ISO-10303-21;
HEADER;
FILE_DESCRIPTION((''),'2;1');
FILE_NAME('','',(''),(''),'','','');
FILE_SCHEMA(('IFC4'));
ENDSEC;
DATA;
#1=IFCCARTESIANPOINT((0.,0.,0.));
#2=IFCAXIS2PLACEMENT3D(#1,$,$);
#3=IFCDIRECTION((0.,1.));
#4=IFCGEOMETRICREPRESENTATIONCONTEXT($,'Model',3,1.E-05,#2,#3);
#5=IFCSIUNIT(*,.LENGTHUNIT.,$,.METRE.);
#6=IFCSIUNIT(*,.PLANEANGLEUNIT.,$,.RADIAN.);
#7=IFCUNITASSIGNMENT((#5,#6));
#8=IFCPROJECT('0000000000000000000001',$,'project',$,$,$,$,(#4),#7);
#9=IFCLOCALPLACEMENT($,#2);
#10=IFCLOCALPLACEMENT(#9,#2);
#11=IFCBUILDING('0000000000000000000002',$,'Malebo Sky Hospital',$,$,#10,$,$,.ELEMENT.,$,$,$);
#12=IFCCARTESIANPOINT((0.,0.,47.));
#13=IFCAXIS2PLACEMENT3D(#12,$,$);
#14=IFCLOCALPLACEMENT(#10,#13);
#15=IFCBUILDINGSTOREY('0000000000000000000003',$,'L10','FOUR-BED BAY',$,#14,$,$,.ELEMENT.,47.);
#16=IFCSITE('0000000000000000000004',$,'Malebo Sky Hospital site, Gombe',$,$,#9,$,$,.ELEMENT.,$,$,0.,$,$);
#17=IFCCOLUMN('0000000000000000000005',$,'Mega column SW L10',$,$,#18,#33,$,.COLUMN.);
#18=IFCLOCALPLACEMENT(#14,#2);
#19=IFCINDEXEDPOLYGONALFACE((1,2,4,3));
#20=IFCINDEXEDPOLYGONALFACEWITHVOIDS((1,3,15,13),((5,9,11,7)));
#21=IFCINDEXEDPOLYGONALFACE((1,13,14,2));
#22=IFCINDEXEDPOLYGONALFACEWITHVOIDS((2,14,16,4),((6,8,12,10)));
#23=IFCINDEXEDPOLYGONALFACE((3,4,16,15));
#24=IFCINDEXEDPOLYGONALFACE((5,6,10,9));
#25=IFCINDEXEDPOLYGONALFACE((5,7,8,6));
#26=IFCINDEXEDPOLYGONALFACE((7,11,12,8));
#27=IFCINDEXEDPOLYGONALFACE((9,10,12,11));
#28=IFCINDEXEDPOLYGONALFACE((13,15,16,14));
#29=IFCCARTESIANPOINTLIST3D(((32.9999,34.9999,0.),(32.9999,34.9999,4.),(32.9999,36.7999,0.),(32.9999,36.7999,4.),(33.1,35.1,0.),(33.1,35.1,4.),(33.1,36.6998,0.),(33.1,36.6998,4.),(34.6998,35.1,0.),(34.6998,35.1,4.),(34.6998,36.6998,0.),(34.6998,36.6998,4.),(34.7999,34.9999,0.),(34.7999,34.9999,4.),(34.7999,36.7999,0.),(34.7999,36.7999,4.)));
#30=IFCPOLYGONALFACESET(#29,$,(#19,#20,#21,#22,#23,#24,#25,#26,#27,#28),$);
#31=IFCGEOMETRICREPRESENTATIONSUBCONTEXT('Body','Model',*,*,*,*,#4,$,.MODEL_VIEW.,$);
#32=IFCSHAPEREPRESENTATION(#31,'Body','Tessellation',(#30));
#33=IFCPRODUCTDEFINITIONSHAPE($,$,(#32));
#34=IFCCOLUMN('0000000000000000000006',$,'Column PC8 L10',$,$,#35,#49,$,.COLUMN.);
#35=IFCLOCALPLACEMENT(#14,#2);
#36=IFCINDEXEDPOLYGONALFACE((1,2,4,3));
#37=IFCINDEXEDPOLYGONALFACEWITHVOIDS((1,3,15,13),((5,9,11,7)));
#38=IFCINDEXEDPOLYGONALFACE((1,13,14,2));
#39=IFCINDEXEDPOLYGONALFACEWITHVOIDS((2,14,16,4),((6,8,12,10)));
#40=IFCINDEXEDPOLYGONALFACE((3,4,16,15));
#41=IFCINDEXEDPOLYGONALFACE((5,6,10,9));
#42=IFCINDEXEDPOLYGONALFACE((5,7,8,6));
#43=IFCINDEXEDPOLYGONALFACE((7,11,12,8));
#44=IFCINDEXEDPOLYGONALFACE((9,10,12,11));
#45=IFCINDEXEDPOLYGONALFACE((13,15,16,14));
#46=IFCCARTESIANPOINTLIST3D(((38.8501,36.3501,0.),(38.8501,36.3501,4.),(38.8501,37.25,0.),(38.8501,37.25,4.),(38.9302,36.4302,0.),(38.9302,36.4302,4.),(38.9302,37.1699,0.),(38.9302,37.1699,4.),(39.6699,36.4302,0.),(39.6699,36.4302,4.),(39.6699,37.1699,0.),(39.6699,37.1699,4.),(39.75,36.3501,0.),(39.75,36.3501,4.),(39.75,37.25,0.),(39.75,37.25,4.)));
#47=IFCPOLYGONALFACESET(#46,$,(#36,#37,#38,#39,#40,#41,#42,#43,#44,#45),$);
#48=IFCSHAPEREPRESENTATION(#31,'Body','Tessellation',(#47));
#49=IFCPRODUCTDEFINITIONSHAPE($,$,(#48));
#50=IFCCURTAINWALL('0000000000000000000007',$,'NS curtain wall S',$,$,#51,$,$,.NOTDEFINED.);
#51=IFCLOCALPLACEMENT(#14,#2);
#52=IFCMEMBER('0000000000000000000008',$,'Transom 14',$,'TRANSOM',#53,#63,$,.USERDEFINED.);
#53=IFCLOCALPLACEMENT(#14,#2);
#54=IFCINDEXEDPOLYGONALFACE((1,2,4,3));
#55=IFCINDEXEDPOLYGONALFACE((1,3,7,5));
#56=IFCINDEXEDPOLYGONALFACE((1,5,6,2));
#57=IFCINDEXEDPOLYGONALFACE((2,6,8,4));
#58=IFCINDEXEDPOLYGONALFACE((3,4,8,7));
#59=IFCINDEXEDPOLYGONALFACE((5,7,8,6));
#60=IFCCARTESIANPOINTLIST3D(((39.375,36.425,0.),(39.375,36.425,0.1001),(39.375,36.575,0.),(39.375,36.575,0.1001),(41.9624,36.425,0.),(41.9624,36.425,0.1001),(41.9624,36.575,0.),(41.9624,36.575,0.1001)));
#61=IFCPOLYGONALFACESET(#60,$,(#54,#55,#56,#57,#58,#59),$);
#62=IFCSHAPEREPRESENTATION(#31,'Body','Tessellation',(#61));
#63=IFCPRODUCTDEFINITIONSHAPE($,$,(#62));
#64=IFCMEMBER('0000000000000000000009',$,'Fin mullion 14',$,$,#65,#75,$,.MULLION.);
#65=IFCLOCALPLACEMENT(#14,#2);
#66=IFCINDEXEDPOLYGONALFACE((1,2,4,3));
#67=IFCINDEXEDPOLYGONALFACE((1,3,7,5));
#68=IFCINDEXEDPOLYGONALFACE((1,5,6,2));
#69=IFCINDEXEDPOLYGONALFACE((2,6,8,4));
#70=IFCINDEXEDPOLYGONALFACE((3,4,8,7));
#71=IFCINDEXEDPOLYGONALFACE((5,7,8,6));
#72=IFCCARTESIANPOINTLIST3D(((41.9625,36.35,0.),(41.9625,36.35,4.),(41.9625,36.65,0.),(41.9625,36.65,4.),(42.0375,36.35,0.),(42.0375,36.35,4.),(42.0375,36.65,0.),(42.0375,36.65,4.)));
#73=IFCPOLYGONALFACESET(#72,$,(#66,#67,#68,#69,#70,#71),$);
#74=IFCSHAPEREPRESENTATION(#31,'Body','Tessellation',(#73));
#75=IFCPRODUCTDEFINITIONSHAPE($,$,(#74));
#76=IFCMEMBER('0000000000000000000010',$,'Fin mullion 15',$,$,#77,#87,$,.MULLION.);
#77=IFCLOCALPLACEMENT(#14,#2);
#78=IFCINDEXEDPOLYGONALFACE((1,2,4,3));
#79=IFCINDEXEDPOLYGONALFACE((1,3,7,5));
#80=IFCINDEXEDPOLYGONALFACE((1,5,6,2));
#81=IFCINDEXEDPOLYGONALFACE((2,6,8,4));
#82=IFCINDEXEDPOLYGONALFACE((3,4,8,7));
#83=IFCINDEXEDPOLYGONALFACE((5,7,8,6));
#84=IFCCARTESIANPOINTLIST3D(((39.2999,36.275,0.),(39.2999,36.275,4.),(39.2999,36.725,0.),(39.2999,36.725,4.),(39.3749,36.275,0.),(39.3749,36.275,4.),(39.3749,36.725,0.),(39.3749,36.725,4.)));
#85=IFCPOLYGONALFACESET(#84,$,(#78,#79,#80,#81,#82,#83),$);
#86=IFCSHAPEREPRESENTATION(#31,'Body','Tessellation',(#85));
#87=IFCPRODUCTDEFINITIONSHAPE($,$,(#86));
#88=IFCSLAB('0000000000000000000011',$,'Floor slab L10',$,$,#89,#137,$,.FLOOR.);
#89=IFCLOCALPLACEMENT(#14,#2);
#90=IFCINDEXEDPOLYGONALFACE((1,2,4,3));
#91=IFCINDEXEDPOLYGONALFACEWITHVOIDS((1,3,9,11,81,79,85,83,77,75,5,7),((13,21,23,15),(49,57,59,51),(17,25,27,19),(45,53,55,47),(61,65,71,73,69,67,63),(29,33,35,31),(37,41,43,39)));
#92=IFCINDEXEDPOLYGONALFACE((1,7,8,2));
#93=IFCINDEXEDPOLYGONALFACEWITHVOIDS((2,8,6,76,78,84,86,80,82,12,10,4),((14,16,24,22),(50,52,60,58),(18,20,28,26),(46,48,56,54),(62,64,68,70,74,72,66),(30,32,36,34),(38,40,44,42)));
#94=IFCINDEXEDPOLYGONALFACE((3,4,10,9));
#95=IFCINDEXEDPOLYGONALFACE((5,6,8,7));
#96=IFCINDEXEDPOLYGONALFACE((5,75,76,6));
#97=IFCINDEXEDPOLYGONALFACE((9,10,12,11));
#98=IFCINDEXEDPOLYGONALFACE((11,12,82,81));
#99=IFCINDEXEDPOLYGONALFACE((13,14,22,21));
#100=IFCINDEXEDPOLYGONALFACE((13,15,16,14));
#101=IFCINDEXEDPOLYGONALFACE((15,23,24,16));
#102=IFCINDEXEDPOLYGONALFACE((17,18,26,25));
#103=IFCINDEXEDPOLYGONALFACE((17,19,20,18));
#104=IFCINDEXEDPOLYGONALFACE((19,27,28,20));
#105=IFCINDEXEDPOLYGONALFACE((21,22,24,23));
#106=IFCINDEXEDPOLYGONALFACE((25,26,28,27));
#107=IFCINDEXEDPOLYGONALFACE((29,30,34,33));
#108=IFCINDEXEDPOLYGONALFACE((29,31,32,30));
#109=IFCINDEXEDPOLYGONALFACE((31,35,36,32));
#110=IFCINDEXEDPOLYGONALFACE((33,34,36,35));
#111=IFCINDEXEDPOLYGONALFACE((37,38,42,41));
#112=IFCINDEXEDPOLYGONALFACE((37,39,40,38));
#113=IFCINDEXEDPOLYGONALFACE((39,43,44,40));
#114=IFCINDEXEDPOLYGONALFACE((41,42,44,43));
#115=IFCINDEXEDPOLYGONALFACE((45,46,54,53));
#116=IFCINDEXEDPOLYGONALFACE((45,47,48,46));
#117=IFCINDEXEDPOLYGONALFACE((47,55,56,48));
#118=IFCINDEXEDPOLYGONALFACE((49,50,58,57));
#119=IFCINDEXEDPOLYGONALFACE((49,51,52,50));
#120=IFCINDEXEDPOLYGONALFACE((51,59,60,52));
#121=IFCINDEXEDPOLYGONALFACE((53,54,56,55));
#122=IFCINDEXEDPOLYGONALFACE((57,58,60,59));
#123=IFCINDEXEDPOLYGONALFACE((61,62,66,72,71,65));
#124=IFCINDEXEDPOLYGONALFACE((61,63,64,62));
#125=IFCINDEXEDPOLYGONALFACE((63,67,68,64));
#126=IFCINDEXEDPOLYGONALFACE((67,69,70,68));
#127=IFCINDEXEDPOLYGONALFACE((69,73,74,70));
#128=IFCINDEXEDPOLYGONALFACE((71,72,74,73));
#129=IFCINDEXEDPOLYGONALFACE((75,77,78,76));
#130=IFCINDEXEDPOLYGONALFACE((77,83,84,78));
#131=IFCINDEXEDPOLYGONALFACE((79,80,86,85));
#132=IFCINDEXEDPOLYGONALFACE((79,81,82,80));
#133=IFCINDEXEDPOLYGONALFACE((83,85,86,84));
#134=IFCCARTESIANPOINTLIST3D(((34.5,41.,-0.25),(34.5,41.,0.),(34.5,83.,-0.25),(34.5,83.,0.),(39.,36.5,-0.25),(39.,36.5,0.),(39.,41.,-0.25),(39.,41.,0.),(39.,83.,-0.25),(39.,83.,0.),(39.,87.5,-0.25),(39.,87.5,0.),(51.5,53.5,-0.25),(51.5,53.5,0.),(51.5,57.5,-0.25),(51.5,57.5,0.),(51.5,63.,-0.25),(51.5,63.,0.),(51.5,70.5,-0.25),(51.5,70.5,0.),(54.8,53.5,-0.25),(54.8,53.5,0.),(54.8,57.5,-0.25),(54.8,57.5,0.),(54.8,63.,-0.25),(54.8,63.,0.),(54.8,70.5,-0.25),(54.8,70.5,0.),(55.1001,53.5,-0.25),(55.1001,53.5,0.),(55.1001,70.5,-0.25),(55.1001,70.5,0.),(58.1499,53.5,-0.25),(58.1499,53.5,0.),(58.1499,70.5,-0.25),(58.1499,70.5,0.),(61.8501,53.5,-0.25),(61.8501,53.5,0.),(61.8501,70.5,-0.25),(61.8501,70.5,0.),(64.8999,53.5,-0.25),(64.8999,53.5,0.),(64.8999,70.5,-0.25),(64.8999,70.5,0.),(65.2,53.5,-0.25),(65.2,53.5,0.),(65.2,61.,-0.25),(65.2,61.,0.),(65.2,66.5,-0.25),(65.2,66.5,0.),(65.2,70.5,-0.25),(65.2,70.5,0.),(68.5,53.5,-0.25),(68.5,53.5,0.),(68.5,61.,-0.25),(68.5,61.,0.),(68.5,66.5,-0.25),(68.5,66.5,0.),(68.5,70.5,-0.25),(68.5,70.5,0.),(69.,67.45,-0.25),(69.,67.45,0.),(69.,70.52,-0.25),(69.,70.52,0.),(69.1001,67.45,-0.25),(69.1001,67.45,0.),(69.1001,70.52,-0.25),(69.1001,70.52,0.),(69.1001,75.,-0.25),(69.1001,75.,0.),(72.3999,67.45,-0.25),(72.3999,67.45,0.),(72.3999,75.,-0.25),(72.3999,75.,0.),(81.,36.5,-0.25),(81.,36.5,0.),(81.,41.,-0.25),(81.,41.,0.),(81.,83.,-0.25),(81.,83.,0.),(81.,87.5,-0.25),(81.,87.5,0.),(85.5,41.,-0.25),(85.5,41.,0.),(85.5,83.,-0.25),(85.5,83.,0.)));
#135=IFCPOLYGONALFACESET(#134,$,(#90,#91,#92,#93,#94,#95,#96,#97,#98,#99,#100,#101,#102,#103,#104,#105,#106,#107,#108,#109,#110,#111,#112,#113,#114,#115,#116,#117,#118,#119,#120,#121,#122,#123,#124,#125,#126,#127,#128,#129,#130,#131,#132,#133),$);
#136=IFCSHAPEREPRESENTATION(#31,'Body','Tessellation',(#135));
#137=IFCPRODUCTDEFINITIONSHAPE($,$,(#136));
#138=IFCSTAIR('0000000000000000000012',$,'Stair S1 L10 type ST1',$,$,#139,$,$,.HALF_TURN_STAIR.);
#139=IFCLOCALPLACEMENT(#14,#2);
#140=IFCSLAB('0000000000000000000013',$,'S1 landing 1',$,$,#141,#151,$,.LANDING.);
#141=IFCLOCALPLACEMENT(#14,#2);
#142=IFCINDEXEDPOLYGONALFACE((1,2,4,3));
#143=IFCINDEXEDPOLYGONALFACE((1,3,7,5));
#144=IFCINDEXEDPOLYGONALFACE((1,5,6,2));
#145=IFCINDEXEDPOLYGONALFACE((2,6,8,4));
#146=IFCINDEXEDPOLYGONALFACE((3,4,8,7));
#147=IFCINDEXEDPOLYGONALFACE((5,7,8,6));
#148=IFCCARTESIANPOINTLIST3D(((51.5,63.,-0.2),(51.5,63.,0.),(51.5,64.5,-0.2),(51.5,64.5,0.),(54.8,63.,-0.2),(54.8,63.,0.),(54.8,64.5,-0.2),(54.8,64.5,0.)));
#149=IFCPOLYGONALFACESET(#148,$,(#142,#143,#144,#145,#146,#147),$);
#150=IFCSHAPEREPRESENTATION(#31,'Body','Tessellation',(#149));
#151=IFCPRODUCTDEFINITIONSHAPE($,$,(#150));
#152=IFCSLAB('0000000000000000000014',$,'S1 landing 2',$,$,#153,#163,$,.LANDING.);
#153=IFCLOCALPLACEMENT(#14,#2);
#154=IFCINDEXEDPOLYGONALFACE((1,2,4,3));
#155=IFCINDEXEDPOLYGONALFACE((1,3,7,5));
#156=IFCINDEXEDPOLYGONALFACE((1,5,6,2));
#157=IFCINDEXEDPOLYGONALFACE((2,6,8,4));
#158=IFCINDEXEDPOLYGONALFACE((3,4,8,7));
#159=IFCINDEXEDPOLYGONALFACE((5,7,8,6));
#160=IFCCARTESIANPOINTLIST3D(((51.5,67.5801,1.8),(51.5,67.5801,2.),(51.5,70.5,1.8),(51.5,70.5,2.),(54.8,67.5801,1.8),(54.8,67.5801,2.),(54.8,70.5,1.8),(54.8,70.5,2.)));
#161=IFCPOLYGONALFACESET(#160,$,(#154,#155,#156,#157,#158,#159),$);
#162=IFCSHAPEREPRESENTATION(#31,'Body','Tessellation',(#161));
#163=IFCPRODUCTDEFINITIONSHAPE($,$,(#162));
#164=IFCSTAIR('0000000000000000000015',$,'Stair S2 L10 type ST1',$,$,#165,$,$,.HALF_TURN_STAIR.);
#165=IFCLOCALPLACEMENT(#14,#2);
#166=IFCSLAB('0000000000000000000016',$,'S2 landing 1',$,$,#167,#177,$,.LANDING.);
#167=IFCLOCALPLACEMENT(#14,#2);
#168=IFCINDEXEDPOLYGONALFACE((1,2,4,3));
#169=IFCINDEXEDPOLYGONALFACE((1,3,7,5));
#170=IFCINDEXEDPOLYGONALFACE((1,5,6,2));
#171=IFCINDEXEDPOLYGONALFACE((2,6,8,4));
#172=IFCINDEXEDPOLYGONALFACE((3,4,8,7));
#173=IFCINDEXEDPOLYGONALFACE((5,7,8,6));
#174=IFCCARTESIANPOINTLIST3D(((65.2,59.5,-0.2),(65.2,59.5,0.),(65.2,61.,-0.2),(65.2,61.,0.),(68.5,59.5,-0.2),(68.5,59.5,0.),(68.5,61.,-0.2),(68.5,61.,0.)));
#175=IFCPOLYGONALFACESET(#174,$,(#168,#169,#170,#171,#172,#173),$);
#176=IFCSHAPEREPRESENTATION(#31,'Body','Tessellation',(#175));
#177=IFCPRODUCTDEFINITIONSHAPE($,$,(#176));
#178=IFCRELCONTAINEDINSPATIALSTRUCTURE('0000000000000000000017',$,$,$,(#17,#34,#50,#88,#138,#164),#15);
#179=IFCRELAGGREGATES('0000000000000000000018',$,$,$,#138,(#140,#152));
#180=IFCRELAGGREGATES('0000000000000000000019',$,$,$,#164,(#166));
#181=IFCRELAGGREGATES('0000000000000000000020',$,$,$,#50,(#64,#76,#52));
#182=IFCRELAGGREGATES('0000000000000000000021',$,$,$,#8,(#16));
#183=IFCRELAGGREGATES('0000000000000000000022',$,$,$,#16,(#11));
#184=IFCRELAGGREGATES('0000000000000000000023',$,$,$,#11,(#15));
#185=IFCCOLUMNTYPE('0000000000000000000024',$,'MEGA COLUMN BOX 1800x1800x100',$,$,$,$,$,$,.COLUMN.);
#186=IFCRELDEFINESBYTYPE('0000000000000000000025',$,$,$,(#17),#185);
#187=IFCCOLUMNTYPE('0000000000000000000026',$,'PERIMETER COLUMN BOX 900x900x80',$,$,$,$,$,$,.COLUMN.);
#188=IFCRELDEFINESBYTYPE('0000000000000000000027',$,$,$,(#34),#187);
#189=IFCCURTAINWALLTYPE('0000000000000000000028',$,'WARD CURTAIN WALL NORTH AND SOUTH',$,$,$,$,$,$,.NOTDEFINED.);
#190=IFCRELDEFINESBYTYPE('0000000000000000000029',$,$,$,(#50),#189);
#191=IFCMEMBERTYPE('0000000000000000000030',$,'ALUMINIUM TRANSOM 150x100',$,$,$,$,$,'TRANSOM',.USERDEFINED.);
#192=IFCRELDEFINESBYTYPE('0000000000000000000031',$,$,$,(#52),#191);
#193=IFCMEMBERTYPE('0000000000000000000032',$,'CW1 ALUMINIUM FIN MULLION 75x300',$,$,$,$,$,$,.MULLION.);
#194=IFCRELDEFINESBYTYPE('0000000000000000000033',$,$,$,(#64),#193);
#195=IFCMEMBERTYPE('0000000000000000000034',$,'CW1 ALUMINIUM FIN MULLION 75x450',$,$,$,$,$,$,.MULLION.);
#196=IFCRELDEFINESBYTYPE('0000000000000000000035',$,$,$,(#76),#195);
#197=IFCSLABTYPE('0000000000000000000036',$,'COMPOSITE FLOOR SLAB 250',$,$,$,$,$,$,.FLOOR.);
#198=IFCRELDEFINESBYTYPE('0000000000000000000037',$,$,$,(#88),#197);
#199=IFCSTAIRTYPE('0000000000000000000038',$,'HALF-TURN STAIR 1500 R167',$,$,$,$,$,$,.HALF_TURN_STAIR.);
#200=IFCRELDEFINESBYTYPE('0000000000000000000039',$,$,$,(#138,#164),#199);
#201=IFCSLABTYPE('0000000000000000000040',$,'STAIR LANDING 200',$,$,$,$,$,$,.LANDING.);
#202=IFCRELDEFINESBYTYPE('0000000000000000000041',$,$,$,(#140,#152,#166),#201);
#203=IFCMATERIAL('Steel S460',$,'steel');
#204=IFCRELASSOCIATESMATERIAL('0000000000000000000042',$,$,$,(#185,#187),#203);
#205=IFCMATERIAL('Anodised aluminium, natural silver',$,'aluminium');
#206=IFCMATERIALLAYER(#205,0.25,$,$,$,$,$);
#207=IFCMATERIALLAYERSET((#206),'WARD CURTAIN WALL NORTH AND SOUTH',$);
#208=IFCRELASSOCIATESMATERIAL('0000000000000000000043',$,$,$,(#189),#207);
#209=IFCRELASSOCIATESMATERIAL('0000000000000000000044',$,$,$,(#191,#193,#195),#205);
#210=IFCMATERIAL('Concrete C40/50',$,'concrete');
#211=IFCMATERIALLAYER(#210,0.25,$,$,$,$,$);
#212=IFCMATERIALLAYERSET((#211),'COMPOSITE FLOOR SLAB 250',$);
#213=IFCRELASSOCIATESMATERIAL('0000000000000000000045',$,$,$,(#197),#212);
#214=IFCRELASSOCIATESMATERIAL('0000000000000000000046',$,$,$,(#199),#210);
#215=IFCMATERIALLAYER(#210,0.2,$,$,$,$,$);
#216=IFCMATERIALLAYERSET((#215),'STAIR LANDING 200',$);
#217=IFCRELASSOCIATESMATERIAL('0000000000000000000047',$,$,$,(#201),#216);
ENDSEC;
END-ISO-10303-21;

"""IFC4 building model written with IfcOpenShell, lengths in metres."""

from ifc_helpers import new_model, si_unit, direction, frame, origin, origin_2d, place, context, subcontext, project, spatial, polyline, rectangle, hollow_rectangle, outline, extrude, material, layer, layer_set, material_profile, profile_set, type_object, element, aggregate, save


model = new_model("IFC4")

# Units and contexts
model_context = context("Model", 3, precision=1e-05, world=origin(), true_north=direction((0.0, 1.0)))
body_context = subcontext(model_context, "Body", "Model", "MODEL_VIEW")
ifc_project = project(units=[si_unit("LENGTHUNIT", "METRE"), si_unit("PLANEANGLEUNIT", "RADIAN")], contexts=[model_context])

# Site, building, storey
site_placement = place(None, origin())
site = spatial("IfcSite", under=ifc_project, at=site_placement, Name="Malebo Sky Hospital site, Gombe", CompositionType="ELEMENT", RefElevation=0.0)
building_placement = place(site_placement, origin())
building = spatial("IfcBuilding", under=site, at=building_placement, Name="Malebo Sky Hospital", CompositionType="ELEMENT")
storey_placement = place(building_placement, frame((0.0, 0.0, 47.0)))
storey = spatial("IfcBuildingStorey", under=building, at=storey_placement, Name="L10", Description="FOUR-BED BAY", CompositionType="ELEMENT", Elevation=47.0)

# Columns
ifc_material_1 = material(Name="Steel S460", Category="steel")
ifc_material_profile_1 = material_profile(ifc_material_1, hollow_rectangle(XDim=1.8, YDim=1.8, WallThickness=0.1001, at=origin_2d()), Name="BOX 1800x1800x100")
ifc_profile_set_1 = profile_set([ifc_material_profile_1], Name="Steel S460")
column_type_1 = type_object("IfcColumnType", Name="MEGA COLUMN BOX 1800x1800x100", PredefinedType="COLUMN", material=ifc_profile_set_1)
column_1_placement = place(storey_placement, frame((33.8999, 35.8999, 0.0), z_axis=(0.0, 0.0, 1.0), x_axis=(1.0, 0.0, 0.0)))
element("IfcColumn", 1, at=column_1_placement, inside=storey, type_object=column_type_1, Name="Mega column SW L10", PredefinedType="COLUMN", context=body_context, shape_type="SweptSolid", body=[
    extrude(hollow_rectangle(XDim=1.8, YDim=1.8, WallThickness=0.1001, at=origin_2d()), origin(), (0.0, 0.0, 1.0), 4.0),
])
ifc_material_profile_2 = material_profile(ifc_material_1, hollow_rectangle(XDim=0.8999, YDim=0.8999, WallThickness=0.0801, at=origin_2d()), Name="BOX 900x900x80")
ifc_profile_set_2 = profile_set([ifc_material_profile_2], Name="Steel S460")
column_type_2 = type_object("IfcColumnType", Name="PERIMETER COLUMN BOX 900x900x80", PredefinedType="COLUMN", material=ifc_profile_set_2)
column_2_placement = place(storey_placement, frame((39.3, 36.8, 0.0), z_axis=(0.0, 0.0, 1.0), x_axis=(1.0, 0.0, 0.0)))
element("IfcColumn", 2, at=column_2_placement, inside=storey, type_object=column_type_2, Name="Column PC8 L10", PredefinedType="COLUMN", context=body_context, shape_type="SweptSolid", body=[
    extrude(hollow_rectangle(XDim=0.8999, YDim=0.8999, WallThickness=0.0801, at=origin_2d()), origin(), (0.0, 0.0, 1.0), 4.0),
])

# Curtain wall, members
ifc_material_2 = material(Name="Anodised aluminium, natural silver", Category="aluminium")
ifc_layer_1 = layer(ifc_material_2, 0.25)
ifc_layer_set_1 = layer_set([ifc_layer_1], Name="WARD CURTAIN WALL NORTH AND SOUTH")
curtain_wall_type = type_object("IfcCurtainWallType", Name="WARD CURTAIN WALL NORTH AND SOUTH", PredefinedType="NOTDEFINED", material=ifc_layer_set_1)
curtain_wall_placement = place(storey_placement, origin())
curtain_wall = element("IfcCurtainWall", 3, at=curtain_wall_placement, inside=storey, type_object=curtain_wall_type, Name="NS curtain wall S", PredefinedType="NOTDEFINED")
ifc_material_profile_3 = material_profile(ifc_material_2, rectangle(XDim=0.1499, YDim=0.1001, at=origin_2d()), Name="ALUMINIUM TRANSOM 150x100")
ifc_profile_set_3 = profile_set([ifc_material_profile_3], Name="Anodised aluminium, natural silver")
member_type_1 = type_object("IfcMemberType", Name="ALUMINIUM TRANSOM 150x100", ElementType="TRANSOM", PredefinedType="USERDEFINED", material=ifc_profile_set_3)
member_1_placement = place(storey_placement, frame((41.9624, 36.5, 0.05), z_axis=(-1.0, 0.0, 0.0), x_axis=(0.0, -1.0, 0.0)))
member_1 = element("IfcMember", 4, at=member_1_placement, type_object=member_type_1, Name="Transom 14", ObjectType="TRANSOM", PredefinedType="USERDEFINED", context=body_context, shape_type="SweptSolid", body=[
    extrude(rectangle(XDim=0.1499, YDim=0.1001, at=origin_2d()), origin(), (0.0, 0.0, 1.0), 2.5874),
])
ifc_material_profile_4 = material_profile(ifc_material_2, rectangle(XDim=0.075, YDim=0.3, at=origin_2d()), Name="CW1 ALUMINIUM FIN MULLION 75x300")
ifc_profile_set_4 = profile_set([ifc_material_profile_4], Name="Anodised aluminium, natural silver")
member_type_2 = type_object("IfcMemberType", Name="CW1 ALUMINIUM FIN MULLION 75x300", PredefinedType="MULLION", material=ifc_profile_set_4)
member_2_placement = place(storey_placement, frame((42.0, 36.5, 0.0), z_axis=(0.0, 0.0, 1.0), x_axis=(-1.0, 0.0, 0.0)))
member_2 = element("IfcMember", 5, at=member_2_placement, type_object=member_type_2, Name="Fin mullion 14", PredefinedType="MULLION", context=body_context, shape_type="SweptSolid", body=[
    extrude(rectangle(XDim=0.075, YDim=0.3, at=origin_2d()), origin(), (0.0, 0.0, 1.0), 4.0),
])
ifc_material_profile_5 = material_profile(ifc_material_2, rectangle(XDim=0.075, YDim=0.45, at=origin_2d()), Name="CW1 ALUMINIUM FIN MULLION 75x450")
ifc_profile_set_5 = profile_set([ifc_material_profile_5], Name="Anodised aluminium, natural silver")
member_type_3 = type_object("IfcMemberType", Name="CW1 ALUMINIUM FIN MULLION 75x450", PredefinedType="MULLION", material=ifc_profile_set_5)
member_3_placement = place(storey_placement, frame((39.3374, 36.5, 0.0), z_axis=(0.0, 0.0, 1.0), x_axis=(-1.0, 0.0, 0.0)))
member_3 = element("IfcMember", 6, at=member_3_placement, type_object=member_type_3, Name="Fin mullion 15", PredefinedType="MULLION", context=body_context, shape_type="SweptSolid", body=[
    extrude(rectangle(XDim=0.075, YDim=0.45, at=origin_2d()), origin(), (0.0, 0.0, 1.0), 4.0),
])

# Slab
ifc_material_3 = material(Name="Concrete C40/50", Category="concrete")
ifc_layer_2 = layer(ifc_material_3, 0.25)
ifc_layer_set_2 = layer_set([ifc_layer_2], Name="COMPOSITE FLOOR SLAB 250")
slab_type_1 = type_object("IfcSlabType", Name="COMPOSITE FLOOR SLAB 250", PredefinedType="FLOOR", material=ifc_layer_set_2)
slab_1_placement = place(storey_placement, frame((0.0, 0.0, -0.25)))
element("IfcSlab", 7, at=slab_1_placement, inside=storey, type_object=slab_type_1, Name="Floor slab L10", PredefinedType="FLOOR", context=body_context, shape_type="SweptSolid", body=[
    extrude(outline(polyline([(39.0, 87.5), (39.0, 83.0), (34.5, 83.0), (34.5, 41.0), (39.0, 41.0), (39.0, 36.5), (81.0, 36.5), (81.0, 41.0), (85.5, 41.0), (85.5, 83.0), (81.0, 83.0), (81.0, 87.5), (39.0, 87.5)]), holes=[polyline([(55.1001, 70.5), (58.1499, 70.5), (58.1499, 53.5), (55.1001, 53.5), (55.1001, 70.5)]), polyline([(64.8999, 70.5), (64.8999, 53.5), (61.8501, 53.5), (61.8501, 70.5), (64.8999, 70.5)]), polyline([(54.8, 63.0), (51.5, 63.0), (51.5, 70.5), (54.8, 70.5), (54.8, 63.0)]), polyline([(51.5, 53.5), (51.5, 57.5), (54.8, 57.5), (54.8, 53.5), (51.5, 53.5)]), polyline([(65.2, 61.0), (68.5, 61.0), (68.5, 53.5), (65.2, 53.5), (65.2, 61.0)]), polyline([(68.5, 70.5), (68.5, 66.5), (65.2, 66.5), (65.2, 70.5), (68.5, 70.5)]), polyline([(69.0, 67.45), (69.0, 70.52), (69.1001, 70.52), (69.1001, 75.0), (72.3999, 75.0), (72.3999, 67.45), (69.1001, 67.45), (69.0, 67.45)])]), origin(), (0.0, 0.0, 1.0), 0.25),
])

# Stairs, slabs
stair_type_1 = type_object("IfcStairType", Name="HALF-TURN STAIR 1500 R167", PredefinedType="HALF_TURN_STAIR", material=ifc_material_3)
stair_1_placement = place(storey_placement, origin())
stair_1 = element("IfcStair", 8, at=stair_1_placement, inside=storey, type_object=stair_type_1, Name="Stair S1 L10 type ST1", PredefinedType="HALF_TURN_STAIR")
ifc_layer_3 = layer(ifc_material_3, 0.2)
ifc_layer_set_3 = layer_set([ifc_layer_3], Name="STAIR LANDING 200")
slab_type_2 = type_object("IfcSlabType", Name="STAIR LANDING 200", PredefinedType="LANDING", material=ifc_layer_set_3)
slab_2_placement = place(storey_placement, frame((0.0, 0.0, -0.2)))
slab_2 = element("IfcSlab", 9, at=slab_2_placement, type_object=slab_type_2, Name="S1 landing 1", PredefinedType="LANDING", context=body_context, shape_type="SweptSolid", body=[
    extrude(outline(polyline([(51.5, 63.0), (54.8, 63.0), (54.8, 64.5), (51.5, 64.5), (51.5, 63.0)])), origin(), (0.0, 0.0, 1.0), 0.2),
])
slab_3_placement = place(storey_placement, frame((0.0, 0.0, 1.8)))
slab_3 = element("IfcSlab", 10, at=slab_3_placement, type_object=slab_type_2, Name="S1 landing 2", PredefinedType="LANDING", context=body_context, shape_type="SweptSolid", body=[
    extrude(outline(polyline([(51.5, 67.5801), (54.8, 67.5801), (54.8, 70.5), (51.5, 70.5), (51.5, 67.5801)])), origin(), (0.0, 0.0, 1.0), 0.2),
])
aggregate(stair_1, [slab_2, slab_3])
stair_2_placement = place(storey_placement, origin())
stair_2 = element("IfcStair", 11, at=stair_2_placement, inside=storey, type_object=stair_type_1, Name="Stair S2 L10 type ST1", PredefinedType="HALF_TURN_STAIR")
slab_4_placement = place(storey_placement, frame((0.0, 0.0, -0.2)))
slab_4 = element("IfcSlab", 12, at=slab_4_placement, type_object=slab_type_2, Name="S2 landing 1", PredefinedType="LANDING", context=body_context, shape_type="SweptSolid", body=[
    extrude(outline(polyline([(65.2, 59.5), (68.5, 59.5), (68.5, 61.0), (65.2, 61.0), (65.2, 59.5)])), origin(), (0.0, 0.0, 1.0), 0.2),
])
aggregate(stair_2, [slab_4])

aggregate(curtain_wall, [member_2, member_3, member_1])

save(model, "model.ifc")
